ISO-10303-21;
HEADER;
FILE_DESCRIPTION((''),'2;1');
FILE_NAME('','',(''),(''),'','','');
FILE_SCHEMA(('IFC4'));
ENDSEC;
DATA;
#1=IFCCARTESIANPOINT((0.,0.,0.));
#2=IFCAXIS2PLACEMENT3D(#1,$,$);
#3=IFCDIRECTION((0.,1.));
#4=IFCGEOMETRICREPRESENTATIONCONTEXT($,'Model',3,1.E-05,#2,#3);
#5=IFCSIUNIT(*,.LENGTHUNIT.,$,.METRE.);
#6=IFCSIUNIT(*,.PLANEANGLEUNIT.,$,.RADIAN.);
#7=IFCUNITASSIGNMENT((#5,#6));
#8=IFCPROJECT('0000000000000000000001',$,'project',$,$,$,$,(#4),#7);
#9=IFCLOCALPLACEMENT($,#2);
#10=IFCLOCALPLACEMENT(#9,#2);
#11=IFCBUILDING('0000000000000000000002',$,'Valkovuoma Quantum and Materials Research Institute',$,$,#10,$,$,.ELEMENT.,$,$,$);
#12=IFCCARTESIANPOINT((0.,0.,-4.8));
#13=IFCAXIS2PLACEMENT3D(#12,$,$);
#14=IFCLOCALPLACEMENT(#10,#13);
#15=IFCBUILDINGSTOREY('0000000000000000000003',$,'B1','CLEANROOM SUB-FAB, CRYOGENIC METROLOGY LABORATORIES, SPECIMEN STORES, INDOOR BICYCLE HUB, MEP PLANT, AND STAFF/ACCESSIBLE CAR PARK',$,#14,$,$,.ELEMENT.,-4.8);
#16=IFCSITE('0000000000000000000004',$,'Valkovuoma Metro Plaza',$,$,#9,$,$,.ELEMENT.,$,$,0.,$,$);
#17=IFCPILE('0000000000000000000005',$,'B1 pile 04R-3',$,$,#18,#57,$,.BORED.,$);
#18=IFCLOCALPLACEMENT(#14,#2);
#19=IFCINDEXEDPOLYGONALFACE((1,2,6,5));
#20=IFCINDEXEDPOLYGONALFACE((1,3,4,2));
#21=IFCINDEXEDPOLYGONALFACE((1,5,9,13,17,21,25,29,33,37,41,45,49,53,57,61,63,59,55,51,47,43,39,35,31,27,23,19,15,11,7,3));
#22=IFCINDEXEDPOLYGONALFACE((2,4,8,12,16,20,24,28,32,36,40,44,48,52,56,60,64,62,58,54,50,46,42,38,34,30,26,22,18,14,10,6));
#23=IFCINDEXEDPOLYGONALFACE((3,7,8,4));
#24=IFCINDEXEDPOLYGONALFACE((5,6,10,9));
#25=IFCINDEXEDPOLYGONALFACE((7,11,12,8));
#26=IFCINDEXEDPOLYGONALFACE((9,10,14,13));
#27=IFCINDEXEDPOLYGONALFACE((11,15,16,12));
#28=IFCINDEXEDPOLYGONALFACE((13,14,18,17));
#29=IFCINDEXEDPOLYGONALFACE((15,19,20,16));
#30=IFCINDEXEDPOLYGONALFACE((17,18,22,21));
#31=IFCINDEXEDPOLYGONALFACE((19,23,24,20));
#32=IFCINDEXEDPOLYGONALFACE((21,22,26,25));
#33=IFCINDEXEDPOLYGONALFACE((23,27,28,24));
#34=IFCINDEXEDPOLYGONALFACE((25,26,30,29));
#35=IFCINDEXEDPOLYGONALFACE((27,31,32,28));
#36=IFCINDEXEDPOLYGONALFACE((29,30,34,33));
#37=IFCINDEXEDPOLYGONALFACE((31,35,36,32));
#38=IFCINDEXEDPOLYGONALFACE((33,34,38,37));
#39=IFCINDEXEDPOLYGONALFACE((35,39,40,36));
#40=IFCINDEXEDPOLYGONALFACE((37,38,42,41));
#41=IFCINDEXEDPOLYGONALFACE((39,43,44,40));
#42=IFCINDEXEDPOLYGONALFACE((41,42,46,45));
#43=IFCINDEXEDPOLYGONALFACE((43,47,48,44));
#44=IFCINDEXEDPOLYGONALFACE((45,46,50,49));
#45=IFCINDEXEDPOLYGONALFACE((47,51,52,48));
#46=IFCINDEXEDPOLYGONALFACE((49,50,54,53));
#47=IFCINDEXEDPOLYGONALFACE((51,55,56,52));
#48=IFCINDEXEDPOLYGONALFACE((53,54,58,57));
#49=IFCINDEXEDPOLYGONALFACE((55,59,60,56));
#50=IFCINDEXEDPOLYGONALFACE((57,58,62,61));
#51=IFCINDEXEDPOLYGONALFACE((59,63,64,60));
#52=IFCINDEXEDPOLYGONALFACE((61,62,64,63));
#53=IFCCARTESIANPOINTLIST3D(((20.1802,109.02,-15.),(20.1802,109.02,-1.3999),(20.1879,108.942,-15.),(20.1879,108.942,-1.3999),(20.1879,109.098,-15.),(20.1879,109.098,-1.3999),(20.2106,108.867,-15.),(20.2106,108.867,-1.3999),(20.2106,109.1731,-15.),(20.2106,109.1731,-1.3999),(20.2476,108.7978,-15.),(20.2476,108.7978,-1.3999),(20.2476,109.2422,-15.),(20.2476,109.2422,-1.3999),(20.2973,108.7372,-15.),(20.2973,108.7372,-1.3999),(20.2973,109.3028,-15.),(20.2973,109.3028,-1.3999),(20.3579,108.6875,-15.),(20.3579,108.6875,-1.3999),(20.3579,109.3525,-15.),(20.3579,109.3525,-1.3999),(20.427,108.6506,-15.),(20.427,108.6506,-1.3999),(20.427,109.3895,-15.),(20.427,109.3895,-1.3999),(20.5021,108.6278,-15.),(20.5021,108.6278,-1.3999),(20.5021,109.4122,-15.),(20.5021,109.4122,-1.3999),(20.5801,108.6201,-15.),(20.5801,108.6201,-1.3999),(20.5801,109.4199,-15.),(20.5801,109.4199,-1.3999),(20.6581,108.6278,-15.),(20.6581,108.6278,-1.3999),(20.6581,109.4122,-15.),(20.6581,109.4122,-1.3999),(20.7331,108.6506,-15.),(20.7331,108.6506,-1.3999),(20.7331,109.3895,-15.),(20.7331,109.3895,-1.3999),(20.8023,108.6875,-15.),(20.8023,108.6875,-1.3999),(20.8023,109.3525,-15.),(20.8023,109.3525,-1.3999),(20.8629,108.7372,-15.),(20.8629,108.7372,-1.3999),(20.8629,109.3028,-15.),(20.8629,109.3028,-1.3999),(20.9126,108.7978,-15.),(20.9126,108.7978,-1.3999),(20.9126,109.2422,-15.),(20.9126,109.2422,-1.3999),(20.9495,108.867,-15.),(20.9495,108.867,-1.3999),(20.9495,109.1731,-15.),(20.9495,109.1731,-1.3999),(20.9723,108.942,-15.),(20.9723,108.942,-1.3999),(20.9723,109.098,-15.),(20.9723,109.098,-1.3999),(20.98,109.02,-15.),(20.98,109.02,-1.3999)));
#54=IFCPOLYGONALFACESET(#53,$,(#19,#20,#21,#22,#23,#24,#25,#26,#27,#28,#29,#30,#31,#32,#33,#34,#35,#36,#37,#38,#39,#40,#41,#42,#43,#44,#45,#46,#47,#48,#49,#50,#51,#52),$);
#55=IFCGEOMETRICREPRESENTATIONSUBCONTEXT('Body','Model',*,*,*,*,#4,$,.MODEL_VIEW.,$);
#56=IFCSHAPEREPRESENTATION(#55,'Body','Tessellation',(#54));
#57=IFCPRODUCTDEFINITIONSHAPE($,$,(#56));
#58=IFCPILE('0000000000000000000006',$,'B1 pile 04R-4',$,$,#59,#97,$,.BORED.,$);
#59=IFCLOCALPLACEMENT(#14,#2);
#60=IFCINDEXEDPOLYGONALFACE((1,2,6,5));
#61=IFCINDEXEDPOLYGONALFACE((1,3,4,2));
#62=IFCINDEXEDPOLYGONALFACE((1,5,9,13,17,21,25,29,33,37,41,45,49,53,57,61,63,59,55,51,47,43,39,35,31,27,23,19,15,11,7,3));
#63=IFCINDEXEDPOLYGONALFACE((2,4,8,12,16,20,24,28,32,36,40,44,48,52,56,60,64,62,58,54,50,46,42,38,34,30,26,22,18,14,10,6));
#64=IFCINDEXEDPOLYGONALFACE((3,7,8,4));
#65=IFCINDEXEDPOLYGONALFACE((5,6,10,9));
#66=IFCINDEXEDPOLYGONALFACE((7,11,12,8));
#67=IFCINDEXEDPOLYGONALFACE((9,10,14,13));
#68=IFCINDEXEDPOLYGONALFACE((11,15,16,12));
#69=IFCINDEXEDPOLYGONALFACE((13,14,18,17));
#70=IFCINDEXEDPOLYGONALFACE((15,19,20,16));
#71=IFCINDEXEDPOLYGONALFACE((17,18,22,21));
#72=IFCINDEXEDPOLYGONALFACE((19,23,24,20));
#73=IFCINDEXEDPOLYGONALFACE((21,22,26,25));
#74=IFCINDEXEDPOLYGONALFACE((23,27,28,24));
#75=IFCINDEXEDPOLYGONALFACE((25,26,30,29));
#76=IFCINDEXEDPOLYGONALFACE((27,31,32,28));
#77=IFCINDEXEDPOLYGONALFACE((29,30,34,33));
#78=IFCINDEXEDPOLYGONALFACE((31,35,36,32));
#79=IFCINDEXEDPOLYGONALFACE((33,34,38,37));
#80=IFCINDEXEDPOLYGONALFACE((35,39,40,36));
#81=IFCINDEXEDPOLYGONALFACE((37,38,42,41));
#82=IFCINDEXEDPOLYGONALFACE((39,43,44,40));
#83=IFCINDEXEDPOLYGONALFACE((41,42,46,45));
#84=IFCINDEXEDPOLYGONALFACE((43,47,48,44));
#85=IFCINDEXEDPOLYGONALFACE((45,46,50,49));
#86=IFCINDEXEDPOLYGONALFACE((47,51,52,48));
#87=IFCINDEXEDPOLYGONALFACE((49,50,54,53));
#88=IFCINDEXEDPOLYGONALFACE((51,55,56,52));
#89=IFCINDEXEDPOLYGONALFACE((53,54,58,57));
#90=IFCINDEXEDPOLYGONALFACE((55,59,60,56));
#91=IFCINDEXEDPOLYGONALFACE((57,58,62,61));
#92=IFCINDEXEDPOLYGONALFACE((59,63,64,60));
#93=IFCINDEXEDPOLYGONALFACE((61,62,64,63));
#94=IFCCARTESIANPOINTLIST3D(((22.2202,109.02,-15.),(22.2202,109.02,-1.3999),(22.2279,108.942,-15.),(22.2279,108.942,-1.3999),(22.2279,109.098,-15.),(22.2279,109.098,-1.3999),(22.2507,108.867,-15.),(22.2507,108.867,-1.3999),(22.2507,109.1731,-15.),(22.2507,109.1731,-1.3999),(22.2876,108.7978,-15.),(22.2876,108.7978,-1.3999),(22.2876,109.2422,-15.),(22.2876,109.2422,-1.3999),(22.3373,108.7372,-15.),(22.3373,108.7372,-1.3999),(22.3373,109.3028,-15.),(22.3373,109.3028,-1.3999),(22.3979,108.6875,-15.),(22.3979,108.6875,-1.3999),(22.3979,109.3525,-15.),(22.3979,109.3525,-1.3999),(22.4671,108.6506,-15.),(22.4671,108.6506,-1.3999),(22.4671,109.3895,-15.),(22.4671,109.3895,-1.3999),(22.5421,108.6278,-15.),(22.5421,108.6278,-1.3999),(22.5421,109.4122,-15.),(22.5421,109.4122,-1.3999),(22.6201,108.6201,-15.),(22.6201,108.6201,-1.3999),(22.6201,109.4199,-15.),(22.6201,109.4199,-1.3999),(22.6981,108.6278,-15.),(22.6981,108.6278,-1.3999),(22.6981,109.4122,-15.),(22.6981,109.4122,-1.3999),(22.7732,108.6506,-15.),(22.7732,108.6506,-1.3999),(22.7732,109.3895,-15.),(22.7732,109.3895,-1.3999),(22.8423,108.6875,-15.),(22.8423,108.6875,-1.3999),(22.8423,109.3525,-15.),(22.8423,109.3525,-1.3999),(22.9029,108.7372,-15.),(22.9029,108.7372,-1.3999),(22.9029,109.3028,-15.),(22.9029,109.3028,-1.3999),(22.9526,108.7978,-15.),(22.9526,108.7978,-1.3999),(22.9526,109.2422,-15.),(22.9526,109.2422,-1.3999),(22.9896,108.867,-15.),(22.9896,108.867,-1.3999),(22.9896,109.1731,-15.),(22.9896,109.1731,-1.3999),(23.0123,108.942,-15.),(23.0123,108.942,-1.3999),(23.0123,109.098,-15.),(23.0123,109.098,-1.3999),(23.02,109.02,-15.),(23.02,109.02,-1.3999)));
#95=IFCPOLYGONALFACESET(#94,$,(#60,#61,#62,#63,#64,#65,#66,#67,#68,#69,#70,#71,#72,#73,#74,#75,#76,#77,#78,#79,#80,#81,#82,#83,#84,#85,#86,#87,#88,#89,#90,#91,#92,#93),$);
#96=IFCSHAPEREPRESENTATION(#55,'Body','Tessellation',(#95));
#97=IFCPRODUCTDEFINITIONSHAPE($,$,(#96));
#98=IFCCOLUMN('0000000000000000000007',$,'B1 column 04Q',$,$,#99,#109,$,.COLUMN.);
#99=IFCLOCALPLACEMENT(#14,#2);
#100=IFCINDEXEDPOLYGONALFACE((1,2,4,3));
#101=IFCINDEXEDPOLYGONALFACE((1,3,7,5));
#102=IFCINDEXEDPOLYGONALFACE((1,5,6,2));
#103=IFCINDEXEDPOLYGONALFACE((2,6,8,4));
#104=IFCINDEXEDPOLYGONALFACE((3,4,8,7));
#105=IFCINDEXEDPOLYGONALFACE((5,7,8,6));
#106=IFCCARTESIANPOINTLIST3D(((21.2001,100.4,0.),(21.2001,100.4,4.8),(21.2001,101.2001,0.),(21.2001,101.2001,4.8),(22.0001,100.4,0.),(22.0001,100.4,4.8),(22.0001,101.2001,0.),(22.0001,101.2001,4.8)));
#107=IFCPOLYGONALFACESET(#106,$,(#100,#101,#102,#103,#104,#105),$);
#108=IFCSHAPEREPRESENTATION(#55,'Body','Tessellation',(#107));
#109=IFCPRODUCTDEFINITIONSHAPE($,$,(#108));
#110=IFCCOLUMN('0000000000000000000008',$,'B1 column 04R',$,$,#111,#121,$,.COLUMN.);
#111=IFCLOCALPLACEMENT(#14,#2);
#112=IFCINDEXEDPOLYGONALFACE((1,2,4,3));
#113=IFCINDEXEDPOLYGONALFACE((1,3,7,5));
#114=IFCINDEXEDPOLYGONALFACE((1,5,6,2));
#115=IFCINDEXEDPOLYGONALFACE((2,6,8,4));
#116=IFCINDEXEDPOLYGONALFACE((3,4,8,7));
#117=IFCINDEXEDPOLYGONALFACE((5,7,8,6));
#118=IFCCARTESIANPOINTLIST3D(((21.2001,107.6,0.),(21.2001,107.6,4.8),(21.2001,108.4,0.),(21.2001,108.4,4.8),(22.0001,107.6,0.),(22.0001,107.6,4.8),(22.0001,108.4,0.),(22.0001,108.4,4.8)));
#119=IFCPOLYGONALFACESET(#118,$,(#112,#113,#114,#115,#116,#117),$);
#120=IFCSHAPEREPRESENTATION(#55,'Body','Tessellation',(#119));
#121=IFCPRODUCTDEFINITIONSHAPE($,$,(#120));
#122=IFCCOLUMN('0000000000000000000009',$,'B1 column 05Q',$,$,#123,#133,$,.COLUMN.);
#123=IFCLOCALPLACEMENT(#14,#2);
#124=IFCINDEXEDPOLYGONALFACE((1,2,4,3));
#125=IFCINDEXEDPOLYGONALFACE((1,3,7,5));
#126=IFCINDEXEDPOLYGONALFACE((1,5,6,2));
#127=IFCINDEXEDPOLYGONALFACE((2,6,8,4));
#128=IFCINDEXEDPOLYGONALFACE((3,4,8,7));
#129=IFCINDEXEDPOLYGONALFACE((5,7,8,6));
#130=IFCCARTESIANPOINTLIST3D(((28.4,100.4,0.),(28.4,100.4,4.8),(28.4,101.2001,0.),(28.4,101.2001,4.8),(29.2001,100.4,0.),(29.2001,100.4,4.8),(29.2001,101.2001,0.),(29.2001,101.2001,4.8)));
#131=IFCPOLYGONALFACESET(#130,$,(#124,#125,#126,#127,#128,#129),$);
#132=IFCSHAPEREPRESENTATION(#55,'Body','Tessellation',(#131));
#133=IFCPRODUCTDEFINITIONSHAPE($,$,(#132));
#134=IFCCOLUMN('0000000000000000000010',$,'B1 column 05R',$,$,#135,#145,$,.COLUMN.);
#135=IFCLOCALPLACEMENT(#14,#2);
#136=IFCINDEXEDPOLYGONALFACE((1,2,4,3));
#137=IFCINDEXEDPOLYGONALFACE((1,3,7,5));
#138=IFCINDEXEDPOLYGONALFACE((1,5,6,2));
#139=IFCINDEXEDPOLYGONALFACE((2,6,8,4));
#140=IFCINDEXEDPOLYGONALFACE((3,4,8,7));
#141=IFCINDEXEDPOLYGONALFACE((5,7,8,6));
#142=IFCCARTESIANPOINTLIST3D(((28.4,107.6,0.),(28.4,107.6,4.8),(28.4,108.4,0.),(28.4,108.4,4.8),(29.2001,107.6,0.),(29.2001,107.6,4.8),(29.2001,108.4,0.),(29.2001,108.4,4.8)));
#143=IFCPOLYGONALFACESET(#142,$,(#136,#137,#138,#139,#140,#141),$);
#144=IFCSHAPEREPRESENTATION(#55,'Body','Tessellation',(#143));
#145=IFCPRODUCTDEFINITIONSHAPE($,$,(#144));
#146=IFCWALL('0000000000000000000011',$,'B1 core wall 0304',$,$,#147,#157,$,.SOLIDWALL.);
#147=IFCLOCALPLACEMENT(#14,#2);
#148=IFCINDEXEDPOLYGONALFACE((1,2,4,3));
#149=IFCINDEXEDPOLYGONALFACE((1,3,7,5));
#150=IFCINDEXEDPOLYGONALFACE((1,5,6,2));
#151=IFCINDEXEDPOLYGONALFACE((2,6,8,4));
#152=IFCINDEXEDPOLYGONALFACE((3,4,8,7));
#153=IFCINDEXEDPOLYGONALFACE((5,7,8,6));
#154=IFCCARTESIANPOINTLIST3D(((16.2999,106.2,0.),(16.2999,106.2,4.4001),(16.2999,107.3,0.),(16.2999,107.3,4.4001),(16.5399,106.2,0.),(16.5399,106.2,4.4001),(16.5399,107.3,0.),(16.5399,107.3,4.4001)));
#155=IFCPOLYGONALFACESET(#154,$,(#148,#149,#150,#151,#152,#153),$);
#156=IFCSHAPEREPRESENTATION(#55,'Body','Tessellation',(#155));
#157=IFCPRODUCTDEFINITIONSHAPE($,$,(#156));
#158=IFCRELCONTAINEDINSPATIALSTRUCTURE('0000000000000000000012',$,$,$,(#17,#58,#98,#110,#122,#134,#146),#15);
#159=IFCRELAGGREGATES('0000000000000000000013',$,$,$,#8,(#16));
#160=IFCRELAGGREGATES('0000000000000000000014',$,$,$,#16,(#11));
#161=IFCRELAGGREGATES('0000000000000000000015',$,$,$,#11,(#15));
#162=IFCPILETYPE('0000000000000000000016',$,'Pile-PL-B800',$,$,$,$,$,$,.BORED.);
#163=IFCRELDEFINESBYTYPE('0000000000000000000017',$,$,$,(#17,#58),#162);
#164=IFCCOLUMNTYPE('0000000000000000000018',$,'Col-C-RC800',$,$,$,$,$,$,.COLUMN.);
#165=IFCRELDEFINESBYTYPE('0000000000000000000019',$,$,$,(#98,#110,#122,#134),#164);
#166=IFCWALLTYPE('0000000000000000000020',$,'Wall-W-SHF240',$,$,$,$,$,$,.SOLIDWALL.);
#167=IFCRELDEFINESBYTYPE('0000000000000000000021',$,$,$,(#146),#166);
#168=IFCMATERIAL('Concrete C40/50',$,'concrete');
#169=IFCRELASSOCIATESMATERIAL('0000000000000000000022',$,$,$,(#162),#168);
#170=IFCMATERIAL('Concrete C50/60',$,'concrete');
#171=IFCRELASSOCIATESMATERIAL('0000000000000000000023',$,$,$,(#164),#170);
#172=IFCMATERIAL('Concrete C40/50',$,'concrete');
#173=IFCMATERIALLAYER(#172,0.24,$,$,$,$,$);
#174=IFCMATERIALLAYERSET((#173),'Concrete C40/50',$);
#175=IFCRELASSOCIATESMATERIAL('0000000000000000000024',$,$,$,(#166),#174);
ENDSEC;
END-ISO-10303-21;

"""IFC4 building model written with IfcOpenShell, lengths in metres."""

from ifc_helpers import new_model, si_unit, direction, frame, frame_2d, origin, origin_2d, place, context, subcontext, project, spatial, rectangle, circle, extrude, material, layer, layer_set, material_profile, profile_set, type_object, element, save


model = new_model("IFC4")

# Units and contexts
model_context = context("Model", 3, precision=1e-05, world=origin(), true_north=direction((0.0, 1.0)))
body_context = subcontext(model_context, "Body", "Model", "MODEL_VIEW")
ifc_project = project(units=[si_unit("LENGTHUNIT", "METRE"), si_unit("PLANEANGLEUNIT", "RADIAN")], contexts=[model_context])

# Site, building, storey
site_placement = place(None, origin())
site = spatial("IfcSite", under=ifc_project, at=site_placement, Name="Valkovuoma Metro Plaza", CompositionType="ELEMENT", RefElevation=0.0)
building_placement = place(site_placement, origin())
building = spatial("IfcBuilding", under=site, at=building_placement, Name="Valkovuoma Quantum and Materials Research Institute", CompositionType="ELEMENT")
storey_placement = place(building_placement, frame((0.0, 0.0, -4.8)))
storey = spatial("IfcBuildingStorey", under=building, at=storey_placement, Name="B1", Description="CLEANROOM SUB-FAB, CRYOGENIC METROLOGY LABORATORIES, SPECIMEN STORES, INDOOR BICYCLE HUB, MEP PLANT, AND STAFF/ACCESSIBLE CAR PARK", CompositionType="ELEMENT", Elevation=-4.8)

# Piles
ifc_material_1 = material(Name="Concrete C40/50", Category="concrete")
ifc_material_profile_1 = material_profile(ifc_material_1, circle(Radius=0.3999, at=origin_2d()), Name="Concrete C40/50")
ifc_profile_set_1 = profile_set([ifc_material_profile_1], Name="Concrete C40/50")
pile_type_1 = type_object("IfcPileType", Name="Pile-PL-B800", PredefinedType="BORED", material=ifc_profile_set_1)
for number, where, z_axis, x_axis, name in (
    (1, (20.5801, 109.02, -1.3999), (0.0, 0.0, -1.0), (1.0, 0.0, 0.0), "B1 pile 04R-3"),
    (2, (22.6201, 109.02, -1.3999), (0.0, 0.0, -1.0), (1.0, 0.0, 0.0), "B1 pile 04R-4"),
):
    element("IfcPile", number, at=place(storey_placement, frame(where, z_axis=z_axis, x_axis=x_axis)), inside=storey, type_object=pile_type_1, Name=name, PredefinedType="BORED", context=body_context, shape_type="SweptSolid", body=[
        extrude(circle(Radius=0.3999, at=origin_2d()), origin(), (0.0, 0.0, 1.0), 13.6001),
    ])

# Columns
ifc_material_2 = material(Name="Concrete C50/60", Category="concrete")
ifc_material_profile_2 = material_profile(ifc_material_2, rectangle(XDim=0.8, YDim=0.8, at=origin_2d()), Name="Concrete C50/60")
ifc_profile_set_2 = profile_set([ifc_material_profile_2], Name="Concrete C50/60")
column_type = type_object("IfcColumnType", Name="Col-C-RC800", PredefinedType="COLUMN", material=ifc_profile_set_2)
for number, where, z_axis, x_axis, name in (
    (3, (21.6001, 100.8, 0.0), (0.0, 0.0, 1.0), (1.0, 0.0, 0.0), "B1 column 04Q"),
    (4, (21.6001, 108.0, 0.0), (0.0, 0.0, 1.0), (1.0, 0.0, 0.0), "B1 column 04R"),
    (5, (28.8, 100.8, 0.0), (0.0, 0.0, 1.0), (1.0, 0.0, 0.0), "B1 column 05Q"),
    (6, (28.8, 108.0, 0.0), (0.0, 0.0, 1.0), (1.0, 0.0, 0.0), "B1 column 05R"),
):
    element("IfcColumn", number, at=place(storey_placement, frame(where, z_axis=z_axis, x_axis=x_axis)), inside=storey, type_object=column_type, Name=name, PredefinedType="COLUMN", context=body_context, shape_type="SweptSolid", body=[
        extrude(rectangle(XDim=0.8, YDim=0.8, at=origin_2d()), origin(), (0.0, 0.0, 1.0), 4.8),
    ])

# Wall
ifc_material_3 = material(Name="Concrete C40/50", Category="concrete")
ifc_layer = layer(ifc_material_3, 0.24)
ifc_layer_set = layer_set([ifc_layer], Name="Concrete C40/50")
wall_type = type_object("IfcWallType", Name="Wall-W-SHF240", PredefinedType="SOLIDWALL", material=ifc_layer_set)
wall_placement = place(storey_placement, frame((16.4199, 106.2, 0.0), z_axis=(0.0, 0.0, 1.0), x_axis=(0.0, 1.0, 0.0)))
element("IfcWall", 7, at=wall_placement, inside=storey, type_object=wall_type, Name="B1 core wall 0304", PredefinedType="SOLIDWALL", context=body_context, shape_type="SweptSolid", body=[
    extrude(rectangle(XDim=1.1001, YDim=0.24, at=frame_2d((0.55, 0.0))), origin(), (0.0, 0.0, 1.0), 4.4001),
])

save(model, "model.ifc")
